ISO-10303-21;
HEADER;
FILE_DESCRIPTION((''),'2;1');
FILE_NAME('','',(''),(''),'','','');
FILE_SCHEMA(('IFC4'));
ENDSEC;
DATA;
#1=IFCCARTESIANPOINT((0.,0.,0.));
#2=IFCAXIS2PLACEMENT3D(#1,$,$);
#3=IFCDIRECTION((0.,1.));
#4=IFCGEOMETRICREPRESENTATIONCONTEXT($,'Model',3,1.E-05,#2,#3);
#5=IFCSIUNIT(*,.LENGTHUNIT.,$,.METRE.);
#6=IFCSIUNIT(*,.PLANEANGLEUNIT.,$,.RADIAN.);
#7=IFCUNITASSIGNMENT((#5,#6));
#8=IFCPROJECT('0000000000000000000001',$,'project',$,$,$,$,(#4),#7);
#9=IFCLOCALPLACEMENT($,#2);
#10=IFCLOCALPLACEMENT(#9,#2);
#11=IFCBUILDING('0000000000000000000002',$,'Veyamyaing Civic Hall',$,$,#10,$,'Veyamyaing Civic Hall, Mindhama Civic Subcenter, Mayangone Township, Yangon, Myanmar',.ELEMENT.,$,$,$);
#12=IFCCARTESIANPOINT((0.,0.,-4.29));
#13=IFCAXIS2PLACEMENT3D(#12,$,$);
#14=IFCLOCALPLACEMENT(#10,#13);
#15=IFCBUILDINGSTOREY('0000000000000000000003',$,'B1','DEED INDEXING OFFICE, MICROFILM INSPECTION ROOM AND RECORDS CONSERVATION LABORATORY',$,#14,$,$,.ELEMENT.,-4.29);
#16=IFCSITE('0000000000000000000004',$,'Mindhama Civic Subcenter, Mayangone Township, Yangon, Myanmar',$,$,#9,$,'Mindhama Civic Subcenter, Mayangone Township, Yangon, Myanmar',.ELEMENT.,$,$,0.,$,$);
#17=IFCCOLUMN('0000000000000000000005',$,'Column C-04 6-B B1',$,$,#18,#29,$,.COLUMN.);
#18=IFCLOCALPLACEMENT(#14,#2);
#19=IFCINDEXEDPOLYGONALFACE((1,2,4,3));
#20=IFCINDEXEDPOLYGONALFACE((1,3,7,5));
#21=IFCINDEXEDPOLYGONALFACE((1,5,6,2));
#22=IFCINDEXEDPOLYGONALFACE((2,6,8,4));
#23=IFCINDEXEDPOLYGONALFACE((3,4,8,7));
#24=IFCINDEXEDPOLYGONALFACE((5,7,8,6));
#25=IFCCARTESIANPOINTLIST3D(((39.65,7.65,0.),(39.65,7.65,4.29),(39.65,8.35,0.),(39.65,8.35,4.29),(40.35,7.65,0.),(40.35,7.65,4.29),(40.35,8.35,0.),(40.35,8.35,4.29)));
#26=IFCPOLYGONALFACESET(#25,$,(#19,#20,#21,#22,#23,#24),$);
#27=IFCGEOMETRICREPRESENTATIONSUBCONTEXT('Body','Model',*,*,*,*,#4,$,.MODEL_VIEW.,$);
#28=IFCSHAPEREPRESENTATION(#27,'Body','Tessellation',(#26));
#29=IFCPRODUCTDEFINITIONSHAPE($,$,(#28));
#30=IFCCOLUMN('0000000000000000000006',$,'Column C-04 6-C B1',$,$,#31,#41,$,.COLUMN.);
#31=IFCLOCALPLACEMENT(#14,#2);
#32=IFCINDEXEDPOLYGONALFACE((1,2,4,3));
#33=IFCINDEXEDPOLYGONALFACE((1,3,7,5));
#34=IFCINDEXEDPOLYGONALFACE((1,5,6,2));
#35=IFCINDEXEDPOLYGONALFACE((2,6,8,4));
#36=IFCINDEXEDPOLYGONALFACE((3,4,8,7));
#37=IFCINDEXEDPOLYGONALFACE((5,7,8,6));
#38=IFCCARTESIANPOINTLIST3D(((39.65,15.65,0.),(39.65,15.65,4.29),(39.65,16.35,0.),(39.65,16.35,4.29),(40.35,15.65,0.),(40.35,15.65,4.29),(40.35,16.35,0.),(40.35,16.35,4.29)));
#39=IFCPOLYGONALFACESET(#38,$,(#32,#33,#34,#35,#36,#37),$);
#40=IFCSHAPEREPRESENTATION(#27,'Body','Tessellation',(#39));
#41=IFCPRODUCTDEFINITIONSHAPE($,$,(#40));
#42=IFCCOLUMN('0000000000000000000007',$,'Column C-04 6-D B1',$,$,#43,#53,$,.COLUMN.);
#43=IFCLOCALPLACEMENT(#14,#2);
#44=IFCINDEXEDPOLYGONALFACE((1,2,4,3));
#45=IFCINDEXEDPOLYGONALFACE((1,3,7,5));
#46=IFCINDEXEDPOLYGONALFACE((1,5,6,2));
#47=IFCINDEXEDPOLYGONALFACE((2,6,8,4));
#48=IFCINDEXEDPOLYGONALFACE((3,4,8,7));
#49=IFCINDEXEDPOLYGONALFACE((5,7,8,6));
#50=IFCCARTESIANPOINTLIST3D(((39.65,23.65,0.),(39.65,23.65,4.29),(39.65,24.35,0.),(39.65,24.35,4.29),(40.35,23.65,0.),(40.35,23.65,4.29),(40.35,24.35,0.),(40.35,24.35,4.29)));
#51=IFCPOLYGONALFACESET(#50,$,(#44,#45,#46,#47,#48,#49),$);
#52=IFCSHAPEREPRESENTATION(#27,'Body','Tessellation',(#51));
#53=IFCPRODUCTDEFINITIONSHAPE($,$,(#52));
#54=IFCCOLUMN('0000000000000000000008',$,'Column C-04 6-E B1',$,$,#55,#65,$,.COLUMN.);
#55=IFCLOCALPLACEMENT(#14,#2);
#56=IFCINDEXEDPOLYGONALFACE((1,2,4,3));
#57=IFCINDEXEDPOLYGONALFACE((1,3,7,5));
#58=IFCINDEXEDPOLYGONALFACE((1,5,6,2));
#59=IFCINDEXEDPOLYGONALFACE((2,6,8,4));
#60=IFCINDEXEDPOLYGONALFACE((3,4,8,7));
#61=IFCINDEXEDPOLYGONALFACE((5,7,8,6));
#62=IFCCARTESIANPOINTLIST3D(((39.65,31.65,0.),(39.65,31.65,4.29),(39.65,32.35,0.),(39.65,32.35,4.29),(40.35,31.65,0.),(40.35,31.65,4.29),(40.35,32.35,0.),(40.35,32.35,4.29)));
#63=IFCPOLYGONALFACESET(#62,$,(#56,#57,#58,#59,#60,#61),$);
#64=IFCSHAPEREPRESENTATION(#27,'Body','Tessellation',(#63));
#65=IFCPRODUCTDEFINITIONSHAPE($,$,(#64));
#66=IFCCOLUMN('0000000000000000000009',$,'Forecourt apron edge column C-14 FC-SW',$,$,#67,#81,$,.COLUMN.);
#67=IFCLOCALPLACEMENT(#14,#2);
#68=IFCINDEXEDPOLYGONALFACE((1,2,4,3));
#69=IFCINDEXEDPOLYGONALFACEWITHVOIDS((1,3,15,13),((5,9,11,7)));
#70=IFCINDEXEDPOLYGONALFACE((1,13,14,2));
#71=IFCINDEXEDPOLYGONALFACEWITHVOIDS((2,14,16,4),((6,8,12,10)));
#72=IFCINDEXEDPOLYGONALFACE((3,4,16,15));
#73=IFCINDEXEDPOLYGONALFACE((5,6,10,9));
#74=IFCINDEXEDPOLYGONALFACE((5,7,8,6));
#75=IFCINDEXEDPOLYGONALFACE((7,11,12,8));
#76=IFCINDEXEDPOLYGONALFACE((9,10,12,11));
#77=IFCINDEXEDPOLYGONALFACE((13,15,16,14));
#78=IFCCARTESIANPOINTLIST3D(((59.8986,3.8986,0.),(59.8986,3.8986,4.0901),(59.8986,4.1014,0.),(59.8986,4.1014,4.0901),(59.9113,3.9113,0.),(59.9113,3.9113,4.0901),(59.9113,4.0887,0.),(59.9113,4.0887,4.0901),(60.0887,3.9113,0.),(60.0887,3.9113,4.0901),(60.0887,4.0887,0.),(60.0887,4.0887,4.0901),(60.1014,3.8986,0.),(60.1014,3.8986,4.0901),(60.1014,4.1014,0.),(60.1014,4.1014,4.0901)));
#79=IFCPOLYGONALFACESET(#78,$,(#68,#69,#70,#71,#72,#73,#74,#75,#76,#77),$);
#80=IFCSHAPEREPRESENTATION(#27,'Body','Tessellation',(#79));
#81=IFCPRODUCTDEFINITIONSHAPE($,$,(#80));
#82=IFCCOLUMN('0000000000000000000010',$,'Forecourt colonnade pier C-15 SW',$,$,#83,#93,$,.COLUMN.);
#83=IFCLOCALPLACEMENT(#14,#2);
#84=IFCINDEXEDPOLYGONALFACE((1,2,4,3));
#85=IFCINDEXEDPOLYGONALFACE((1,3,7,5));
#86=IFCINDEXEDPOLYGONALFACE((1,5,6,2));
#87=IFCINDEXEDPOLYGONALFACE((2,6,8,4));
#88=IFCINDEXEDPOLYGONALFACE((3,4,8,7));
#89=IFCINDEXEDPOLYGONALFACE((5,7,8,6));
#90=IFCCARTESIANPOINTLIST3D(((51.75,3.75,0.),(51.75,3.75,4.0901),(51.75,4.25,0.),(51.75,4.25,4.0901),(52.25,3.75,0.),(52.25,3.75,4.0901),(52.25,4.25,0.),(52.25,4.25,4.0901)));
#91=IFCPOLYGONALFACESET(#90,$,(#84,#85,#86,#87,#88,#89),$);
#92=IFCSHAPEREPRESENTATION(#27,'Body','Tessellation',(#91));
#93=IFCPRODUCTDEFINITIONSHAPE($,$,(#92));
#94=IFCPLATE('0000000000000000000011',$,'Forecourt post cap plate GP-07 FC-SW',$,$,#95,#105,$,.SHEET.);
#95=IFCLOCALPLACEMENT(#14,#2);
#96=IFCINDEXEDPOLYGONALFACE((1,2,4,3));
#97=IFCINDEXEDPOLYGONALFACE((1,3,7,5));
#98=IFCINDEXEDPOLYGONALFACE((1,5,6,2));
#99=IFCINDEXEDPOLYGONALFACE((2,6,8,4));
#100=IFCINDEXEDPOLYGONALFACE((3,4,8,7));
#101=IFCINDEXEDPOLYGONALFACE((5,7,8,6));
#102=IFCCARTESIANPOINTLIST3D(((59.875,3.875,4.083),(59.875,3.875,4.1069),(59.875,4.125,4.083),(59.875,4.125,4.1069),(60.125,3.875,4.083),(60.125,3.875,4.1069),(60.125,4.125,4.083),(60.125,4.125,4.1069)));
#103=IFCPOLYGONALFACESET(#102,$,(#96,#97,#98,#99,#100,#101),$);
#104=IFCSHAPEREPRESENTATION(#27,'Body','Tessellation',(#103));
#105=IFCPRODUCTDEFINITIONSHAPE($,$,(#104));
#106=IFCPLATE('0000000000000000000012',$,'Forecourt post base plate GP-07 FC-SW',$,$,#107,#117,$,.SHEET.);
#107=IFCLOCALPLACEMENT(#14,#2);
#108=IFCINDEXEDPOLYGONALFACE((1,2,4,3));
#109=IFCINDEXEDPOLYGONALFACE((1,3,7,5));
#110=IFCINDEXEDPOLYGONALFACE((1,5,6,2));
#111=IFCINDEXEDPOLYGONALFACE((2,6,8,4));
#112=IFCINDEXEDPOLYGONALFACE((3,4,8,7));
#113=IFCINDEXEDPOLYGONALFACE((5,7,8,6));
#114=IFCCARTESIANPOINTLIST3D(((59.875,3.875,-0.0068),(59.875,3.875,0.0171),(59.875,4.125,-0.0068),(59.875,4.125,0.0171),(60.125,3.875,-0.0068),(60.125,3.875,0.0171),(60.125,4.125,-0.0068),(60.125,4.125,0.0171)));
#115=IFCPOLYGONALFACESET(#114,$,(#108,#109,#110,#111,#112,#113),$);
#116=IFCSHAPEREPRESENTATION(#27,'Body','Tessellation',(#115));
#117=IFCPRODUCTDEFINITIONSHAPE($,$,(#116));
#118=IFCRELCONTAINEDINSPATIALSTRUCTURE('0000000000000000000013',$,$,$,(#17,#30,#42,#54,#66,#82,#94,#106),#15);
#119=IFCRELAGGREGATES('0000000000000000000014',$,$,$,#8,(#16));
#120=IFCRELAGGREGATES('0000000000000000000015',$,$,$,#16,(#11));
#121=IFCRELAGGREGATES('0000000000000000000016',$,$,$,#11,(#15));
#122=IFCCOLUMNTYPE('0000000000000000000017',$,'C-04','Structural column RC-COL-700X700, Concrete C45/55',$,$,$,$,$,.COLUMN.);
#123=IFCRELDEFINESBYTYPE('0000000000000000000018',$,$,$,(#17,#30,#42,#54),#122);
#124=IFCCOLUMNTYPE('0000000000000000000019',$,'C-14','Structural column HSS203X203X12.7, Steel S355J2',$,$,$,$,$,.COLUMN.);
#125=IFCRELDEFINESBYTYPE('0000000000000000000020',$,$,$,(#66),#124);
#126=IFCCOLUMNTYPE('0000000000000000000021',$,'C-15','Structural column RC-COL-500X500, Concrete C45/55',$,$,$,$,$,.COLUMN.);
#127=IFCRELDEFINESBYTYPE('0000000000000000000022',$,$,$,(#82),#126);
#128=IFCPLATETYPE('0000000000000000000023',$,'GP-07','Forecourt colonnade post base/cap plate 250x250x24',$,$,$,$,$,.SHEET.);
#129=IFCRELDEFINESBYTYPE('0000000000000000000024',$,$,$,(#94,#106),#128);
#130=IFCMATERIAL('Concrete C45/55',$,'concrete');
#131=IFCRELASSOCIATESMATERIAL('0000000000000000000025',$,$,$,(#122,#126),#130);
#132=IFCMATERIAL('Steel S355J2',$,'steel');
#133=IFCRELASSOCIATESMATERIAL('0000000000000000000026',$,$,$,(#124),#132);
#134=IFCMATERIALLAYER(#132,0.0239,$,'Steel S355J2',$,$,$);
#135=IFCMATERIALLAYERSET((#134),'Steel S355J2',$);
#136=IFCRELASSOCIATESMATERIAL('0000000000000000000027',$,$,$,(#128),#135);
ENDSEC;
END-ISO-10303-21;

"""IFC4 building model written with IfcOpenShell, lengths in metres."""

from ifc_helpers import new_model, si_unit, direction, frame, origin, origin_2d, place, context, subcontext, project, spatial, rectangle, hollow_rectangle, extrude, material, layer, layer_set, material_profile, profile_set, type_object, element, save


model = new_model("IFC4")

# Units and contexts
model_context = context("Model", 3, precision=1e-05, world=origin(), true_north=direction((0.0, 1.0)))
body_context = subcontext(model_context, "Body", "Model", "MODEL_VIEW")
ifc_project = project(units=[si_unit("LENGTHUNIT", "METRE"), si_unit("PLANEANGLEUNIT", "RADIAN")], contexts=[model_context])

# Site, building, storey
site_placement = place(None, origin())
site = spatial("IfcSite", under=ifc_project, at=site_placement, Name="Mindhama Civic Subcenter, Mayangone Township, Yangon, Myanmar", LongName="Mindhama Civic Subcenter, Mayangone Township, Yangon, Myanmar", CompositionType="ELEMENT", RefElevation=0.0)
building_placement = place(site_placement, origin())
building = spatial("IfcBuilding", under=site, at=building_placement, Name="Veyamyaing Civic Hall", LongName="Veyamyaing Civic Hall, Mindhama Civic Subcenter, Mayangone Township, Yangon, Myanmar", CompositionType="ELEMENT")
storey_placement = place(building_placement, frame((0.0, 0.0, -4.29)))
storey = spatial("IfcBuildingStorey", under=building, at=storey_placement, Name="B1", Description="DEED INDEXING OFFICE, MICROFILM INSPECTION ROOM AND RECORDS CONSERVATION LABORATORY", CompositionType="ELEMENT", Elevation=-4.29)

# Columns
ifc_material_1 = material(Name="Concrete C45/55", Category="concrete")
ifc_material_profile_1 = material_profile(ifc_material_1, rectangle(XDim=0.7, YDim=0.7, at=origin_2d()), Name="RC-COL-700X700")
ifc_profile_set_1 = profile_set([ifc_material_profile_1], Name="Concrete C45/55")
column_type_1 = type_object("IfcColumnType", Name="C-04", Description="Structural column RC-COL-700X700, Concrete C45/55", PredefinedType="COLUMN", material=ifc_profile_set_1)
for number, where, z_axis, x_axis, name in (
    (1, (40.0, 8.0, 0.0), (0.0, 0.0, 1.0), (1.0, 0.0, 0.0), "Column C-04 6-B B1"),
    (2, (40.0, 16.0, 0.0), (0.0, 0.0, 1.0), (1.0, 0.0, 0.0), "Column C-04 6-C B1"),
    (3, (40.0, 24.0, 0.0), (0.0, 0.0, 1.0), (1.0, 0.0, 0.0), "Column C-04 6-D B1"),
    (4, (40.0, 32.0, 0.0), (0.0, 0.0, 1.0), (1.0, 0.0, 0.0), "Column C-04 6-E B1"),
):
    element("IfcColumn", number, at=place(storey_placement, frame(where, z_axis=z_axis, x_axis=x_axis)), inside=storey, type_object=column_type_1, Name=name, PredefinedType="COLUMN", context=body_context, shape_type="SweptSolid", body=[
        extrude(rectangle(XDim=0.7, YDim=0.7, at=origin_2d()), origin(), (0.0, 0.0, 1.0), 4.29),
    ])
ifc_material_2 = material(Name="Steel S355J2", Category="steel")
ifc_material_profile_2 = material_profile(ifc_material_2, hollow_rectangle(XDim=0.2029, YDim=0.2029, WallThickness=0.0127, at=origin_2d()), Name="HSS203X203X12.7")
ifc_profile_set_2 = profile_set([ifc_material_profile_2], Name="Steel S355J2")
column_type_2 = type_object("IfcColumnType", Name="C-14", Description="Structural column HSS203X203X12.7, Steel S355J2", PredefinedType="COLUMN", material=ifc_profile_set_2)
column_1_placement = place(storey_placement, frame((60.0, 4.0, 0.0), z_axis=(0.0, 0.0, 1.0), x_axis=(1.0, 0.0, 0.0)))
element("IfcColumn", 5, at=column_1_placement, inside=storey, type_object=column_type_2, Name="Forecourt apron edge column C-14 FC-SW", PredefinedType="COLUMN", context=body_context, shape_type="SweptSolid", body=[
    extrude(hollow_rectangle(XDim=0.2029, YDim=0.2029, WallThickness=0.0127, at=origin_2d()), origin(), (0.0, 0.0, 1.0), 4.0901),
])
ifc_material_profile_3 = material_profile(ifc_material_1, rectangle(XDim=0.5, YDim=0.5, at=origin_2d()), Name="RC-COL-500X500")
ifc_profile_set_3 = profile_set([ifc_material_profile_3], Name="Concrete C45/55")
column_type_3 = type_object("IfcColumnType", Name="C-15", Description="Structural column RC-COL-500X500, Concrete C45/55", PredefinedType="COLUMN", material=ifc_profile_set_3)
column_2_placement = place(storey_placement, frame((52.0, 4.0, 0.0), z_axis=(0.0, 0.0, 1.0), x_axis=(1.0, 0.0, 0.0)))
element("IfcColumn", 6, at=column_2_placement, inside=storey, type_object=column_type_3, Name="Forecourt colonnade pier C-15 SW", PredefinedType="COLUMN", context=body_context, shape_type="SweptSolid", body=[
    extrude(rectangle(XDim=0.5, YDim=0.5, at=origin_2d()), origin(), (0.0, 0.0, 1.0), 4.0901),
])

# Plates
ifc_layer = layer(ifc_material_2, 0.0239, Name="Steel S355J2")
ifc_layer_set = layer_set([ifc_layer], Name="Steel S355J2")
plate_type = type_object("IfcPlateType", Name="GP-07", Description="Forecourt colonnade post base/cap plate 250x250x24", PredefinedType="SHEET", material=ifc_layer_set)
for number, where, z_axis, x_axis, name in (
    (7, (60.0, 4.0, 4.083), (0.0, 0.0, 1.0), (1.0, 0.0, 0.0), "Forecourt post cap plate GP-07 FC-SW"),
    (8, (60.0, 4.0, -0.0068), (0.0, 0.0, 1.0), (1.0, 0.0, 0.0), "Forecourt post base plate GP-07 FC-SW"),
):
    element("IfcPlate", number, at=place(storey_placement, frame(where, z_axis=z_axis, x_axis=x_axis)), inside=storey, type_object=plate_type, Name=name, PredefinedType="SHEET", context=body_context, shape_type="SweptSolid", body=[
        extrude(rectangle(XDim=0.25, YDim=0.25, at=origin_2d()), origin(), (0.0, 0.0, 1.0), 0.0239),
    ])

save(model, "model.ifc")
